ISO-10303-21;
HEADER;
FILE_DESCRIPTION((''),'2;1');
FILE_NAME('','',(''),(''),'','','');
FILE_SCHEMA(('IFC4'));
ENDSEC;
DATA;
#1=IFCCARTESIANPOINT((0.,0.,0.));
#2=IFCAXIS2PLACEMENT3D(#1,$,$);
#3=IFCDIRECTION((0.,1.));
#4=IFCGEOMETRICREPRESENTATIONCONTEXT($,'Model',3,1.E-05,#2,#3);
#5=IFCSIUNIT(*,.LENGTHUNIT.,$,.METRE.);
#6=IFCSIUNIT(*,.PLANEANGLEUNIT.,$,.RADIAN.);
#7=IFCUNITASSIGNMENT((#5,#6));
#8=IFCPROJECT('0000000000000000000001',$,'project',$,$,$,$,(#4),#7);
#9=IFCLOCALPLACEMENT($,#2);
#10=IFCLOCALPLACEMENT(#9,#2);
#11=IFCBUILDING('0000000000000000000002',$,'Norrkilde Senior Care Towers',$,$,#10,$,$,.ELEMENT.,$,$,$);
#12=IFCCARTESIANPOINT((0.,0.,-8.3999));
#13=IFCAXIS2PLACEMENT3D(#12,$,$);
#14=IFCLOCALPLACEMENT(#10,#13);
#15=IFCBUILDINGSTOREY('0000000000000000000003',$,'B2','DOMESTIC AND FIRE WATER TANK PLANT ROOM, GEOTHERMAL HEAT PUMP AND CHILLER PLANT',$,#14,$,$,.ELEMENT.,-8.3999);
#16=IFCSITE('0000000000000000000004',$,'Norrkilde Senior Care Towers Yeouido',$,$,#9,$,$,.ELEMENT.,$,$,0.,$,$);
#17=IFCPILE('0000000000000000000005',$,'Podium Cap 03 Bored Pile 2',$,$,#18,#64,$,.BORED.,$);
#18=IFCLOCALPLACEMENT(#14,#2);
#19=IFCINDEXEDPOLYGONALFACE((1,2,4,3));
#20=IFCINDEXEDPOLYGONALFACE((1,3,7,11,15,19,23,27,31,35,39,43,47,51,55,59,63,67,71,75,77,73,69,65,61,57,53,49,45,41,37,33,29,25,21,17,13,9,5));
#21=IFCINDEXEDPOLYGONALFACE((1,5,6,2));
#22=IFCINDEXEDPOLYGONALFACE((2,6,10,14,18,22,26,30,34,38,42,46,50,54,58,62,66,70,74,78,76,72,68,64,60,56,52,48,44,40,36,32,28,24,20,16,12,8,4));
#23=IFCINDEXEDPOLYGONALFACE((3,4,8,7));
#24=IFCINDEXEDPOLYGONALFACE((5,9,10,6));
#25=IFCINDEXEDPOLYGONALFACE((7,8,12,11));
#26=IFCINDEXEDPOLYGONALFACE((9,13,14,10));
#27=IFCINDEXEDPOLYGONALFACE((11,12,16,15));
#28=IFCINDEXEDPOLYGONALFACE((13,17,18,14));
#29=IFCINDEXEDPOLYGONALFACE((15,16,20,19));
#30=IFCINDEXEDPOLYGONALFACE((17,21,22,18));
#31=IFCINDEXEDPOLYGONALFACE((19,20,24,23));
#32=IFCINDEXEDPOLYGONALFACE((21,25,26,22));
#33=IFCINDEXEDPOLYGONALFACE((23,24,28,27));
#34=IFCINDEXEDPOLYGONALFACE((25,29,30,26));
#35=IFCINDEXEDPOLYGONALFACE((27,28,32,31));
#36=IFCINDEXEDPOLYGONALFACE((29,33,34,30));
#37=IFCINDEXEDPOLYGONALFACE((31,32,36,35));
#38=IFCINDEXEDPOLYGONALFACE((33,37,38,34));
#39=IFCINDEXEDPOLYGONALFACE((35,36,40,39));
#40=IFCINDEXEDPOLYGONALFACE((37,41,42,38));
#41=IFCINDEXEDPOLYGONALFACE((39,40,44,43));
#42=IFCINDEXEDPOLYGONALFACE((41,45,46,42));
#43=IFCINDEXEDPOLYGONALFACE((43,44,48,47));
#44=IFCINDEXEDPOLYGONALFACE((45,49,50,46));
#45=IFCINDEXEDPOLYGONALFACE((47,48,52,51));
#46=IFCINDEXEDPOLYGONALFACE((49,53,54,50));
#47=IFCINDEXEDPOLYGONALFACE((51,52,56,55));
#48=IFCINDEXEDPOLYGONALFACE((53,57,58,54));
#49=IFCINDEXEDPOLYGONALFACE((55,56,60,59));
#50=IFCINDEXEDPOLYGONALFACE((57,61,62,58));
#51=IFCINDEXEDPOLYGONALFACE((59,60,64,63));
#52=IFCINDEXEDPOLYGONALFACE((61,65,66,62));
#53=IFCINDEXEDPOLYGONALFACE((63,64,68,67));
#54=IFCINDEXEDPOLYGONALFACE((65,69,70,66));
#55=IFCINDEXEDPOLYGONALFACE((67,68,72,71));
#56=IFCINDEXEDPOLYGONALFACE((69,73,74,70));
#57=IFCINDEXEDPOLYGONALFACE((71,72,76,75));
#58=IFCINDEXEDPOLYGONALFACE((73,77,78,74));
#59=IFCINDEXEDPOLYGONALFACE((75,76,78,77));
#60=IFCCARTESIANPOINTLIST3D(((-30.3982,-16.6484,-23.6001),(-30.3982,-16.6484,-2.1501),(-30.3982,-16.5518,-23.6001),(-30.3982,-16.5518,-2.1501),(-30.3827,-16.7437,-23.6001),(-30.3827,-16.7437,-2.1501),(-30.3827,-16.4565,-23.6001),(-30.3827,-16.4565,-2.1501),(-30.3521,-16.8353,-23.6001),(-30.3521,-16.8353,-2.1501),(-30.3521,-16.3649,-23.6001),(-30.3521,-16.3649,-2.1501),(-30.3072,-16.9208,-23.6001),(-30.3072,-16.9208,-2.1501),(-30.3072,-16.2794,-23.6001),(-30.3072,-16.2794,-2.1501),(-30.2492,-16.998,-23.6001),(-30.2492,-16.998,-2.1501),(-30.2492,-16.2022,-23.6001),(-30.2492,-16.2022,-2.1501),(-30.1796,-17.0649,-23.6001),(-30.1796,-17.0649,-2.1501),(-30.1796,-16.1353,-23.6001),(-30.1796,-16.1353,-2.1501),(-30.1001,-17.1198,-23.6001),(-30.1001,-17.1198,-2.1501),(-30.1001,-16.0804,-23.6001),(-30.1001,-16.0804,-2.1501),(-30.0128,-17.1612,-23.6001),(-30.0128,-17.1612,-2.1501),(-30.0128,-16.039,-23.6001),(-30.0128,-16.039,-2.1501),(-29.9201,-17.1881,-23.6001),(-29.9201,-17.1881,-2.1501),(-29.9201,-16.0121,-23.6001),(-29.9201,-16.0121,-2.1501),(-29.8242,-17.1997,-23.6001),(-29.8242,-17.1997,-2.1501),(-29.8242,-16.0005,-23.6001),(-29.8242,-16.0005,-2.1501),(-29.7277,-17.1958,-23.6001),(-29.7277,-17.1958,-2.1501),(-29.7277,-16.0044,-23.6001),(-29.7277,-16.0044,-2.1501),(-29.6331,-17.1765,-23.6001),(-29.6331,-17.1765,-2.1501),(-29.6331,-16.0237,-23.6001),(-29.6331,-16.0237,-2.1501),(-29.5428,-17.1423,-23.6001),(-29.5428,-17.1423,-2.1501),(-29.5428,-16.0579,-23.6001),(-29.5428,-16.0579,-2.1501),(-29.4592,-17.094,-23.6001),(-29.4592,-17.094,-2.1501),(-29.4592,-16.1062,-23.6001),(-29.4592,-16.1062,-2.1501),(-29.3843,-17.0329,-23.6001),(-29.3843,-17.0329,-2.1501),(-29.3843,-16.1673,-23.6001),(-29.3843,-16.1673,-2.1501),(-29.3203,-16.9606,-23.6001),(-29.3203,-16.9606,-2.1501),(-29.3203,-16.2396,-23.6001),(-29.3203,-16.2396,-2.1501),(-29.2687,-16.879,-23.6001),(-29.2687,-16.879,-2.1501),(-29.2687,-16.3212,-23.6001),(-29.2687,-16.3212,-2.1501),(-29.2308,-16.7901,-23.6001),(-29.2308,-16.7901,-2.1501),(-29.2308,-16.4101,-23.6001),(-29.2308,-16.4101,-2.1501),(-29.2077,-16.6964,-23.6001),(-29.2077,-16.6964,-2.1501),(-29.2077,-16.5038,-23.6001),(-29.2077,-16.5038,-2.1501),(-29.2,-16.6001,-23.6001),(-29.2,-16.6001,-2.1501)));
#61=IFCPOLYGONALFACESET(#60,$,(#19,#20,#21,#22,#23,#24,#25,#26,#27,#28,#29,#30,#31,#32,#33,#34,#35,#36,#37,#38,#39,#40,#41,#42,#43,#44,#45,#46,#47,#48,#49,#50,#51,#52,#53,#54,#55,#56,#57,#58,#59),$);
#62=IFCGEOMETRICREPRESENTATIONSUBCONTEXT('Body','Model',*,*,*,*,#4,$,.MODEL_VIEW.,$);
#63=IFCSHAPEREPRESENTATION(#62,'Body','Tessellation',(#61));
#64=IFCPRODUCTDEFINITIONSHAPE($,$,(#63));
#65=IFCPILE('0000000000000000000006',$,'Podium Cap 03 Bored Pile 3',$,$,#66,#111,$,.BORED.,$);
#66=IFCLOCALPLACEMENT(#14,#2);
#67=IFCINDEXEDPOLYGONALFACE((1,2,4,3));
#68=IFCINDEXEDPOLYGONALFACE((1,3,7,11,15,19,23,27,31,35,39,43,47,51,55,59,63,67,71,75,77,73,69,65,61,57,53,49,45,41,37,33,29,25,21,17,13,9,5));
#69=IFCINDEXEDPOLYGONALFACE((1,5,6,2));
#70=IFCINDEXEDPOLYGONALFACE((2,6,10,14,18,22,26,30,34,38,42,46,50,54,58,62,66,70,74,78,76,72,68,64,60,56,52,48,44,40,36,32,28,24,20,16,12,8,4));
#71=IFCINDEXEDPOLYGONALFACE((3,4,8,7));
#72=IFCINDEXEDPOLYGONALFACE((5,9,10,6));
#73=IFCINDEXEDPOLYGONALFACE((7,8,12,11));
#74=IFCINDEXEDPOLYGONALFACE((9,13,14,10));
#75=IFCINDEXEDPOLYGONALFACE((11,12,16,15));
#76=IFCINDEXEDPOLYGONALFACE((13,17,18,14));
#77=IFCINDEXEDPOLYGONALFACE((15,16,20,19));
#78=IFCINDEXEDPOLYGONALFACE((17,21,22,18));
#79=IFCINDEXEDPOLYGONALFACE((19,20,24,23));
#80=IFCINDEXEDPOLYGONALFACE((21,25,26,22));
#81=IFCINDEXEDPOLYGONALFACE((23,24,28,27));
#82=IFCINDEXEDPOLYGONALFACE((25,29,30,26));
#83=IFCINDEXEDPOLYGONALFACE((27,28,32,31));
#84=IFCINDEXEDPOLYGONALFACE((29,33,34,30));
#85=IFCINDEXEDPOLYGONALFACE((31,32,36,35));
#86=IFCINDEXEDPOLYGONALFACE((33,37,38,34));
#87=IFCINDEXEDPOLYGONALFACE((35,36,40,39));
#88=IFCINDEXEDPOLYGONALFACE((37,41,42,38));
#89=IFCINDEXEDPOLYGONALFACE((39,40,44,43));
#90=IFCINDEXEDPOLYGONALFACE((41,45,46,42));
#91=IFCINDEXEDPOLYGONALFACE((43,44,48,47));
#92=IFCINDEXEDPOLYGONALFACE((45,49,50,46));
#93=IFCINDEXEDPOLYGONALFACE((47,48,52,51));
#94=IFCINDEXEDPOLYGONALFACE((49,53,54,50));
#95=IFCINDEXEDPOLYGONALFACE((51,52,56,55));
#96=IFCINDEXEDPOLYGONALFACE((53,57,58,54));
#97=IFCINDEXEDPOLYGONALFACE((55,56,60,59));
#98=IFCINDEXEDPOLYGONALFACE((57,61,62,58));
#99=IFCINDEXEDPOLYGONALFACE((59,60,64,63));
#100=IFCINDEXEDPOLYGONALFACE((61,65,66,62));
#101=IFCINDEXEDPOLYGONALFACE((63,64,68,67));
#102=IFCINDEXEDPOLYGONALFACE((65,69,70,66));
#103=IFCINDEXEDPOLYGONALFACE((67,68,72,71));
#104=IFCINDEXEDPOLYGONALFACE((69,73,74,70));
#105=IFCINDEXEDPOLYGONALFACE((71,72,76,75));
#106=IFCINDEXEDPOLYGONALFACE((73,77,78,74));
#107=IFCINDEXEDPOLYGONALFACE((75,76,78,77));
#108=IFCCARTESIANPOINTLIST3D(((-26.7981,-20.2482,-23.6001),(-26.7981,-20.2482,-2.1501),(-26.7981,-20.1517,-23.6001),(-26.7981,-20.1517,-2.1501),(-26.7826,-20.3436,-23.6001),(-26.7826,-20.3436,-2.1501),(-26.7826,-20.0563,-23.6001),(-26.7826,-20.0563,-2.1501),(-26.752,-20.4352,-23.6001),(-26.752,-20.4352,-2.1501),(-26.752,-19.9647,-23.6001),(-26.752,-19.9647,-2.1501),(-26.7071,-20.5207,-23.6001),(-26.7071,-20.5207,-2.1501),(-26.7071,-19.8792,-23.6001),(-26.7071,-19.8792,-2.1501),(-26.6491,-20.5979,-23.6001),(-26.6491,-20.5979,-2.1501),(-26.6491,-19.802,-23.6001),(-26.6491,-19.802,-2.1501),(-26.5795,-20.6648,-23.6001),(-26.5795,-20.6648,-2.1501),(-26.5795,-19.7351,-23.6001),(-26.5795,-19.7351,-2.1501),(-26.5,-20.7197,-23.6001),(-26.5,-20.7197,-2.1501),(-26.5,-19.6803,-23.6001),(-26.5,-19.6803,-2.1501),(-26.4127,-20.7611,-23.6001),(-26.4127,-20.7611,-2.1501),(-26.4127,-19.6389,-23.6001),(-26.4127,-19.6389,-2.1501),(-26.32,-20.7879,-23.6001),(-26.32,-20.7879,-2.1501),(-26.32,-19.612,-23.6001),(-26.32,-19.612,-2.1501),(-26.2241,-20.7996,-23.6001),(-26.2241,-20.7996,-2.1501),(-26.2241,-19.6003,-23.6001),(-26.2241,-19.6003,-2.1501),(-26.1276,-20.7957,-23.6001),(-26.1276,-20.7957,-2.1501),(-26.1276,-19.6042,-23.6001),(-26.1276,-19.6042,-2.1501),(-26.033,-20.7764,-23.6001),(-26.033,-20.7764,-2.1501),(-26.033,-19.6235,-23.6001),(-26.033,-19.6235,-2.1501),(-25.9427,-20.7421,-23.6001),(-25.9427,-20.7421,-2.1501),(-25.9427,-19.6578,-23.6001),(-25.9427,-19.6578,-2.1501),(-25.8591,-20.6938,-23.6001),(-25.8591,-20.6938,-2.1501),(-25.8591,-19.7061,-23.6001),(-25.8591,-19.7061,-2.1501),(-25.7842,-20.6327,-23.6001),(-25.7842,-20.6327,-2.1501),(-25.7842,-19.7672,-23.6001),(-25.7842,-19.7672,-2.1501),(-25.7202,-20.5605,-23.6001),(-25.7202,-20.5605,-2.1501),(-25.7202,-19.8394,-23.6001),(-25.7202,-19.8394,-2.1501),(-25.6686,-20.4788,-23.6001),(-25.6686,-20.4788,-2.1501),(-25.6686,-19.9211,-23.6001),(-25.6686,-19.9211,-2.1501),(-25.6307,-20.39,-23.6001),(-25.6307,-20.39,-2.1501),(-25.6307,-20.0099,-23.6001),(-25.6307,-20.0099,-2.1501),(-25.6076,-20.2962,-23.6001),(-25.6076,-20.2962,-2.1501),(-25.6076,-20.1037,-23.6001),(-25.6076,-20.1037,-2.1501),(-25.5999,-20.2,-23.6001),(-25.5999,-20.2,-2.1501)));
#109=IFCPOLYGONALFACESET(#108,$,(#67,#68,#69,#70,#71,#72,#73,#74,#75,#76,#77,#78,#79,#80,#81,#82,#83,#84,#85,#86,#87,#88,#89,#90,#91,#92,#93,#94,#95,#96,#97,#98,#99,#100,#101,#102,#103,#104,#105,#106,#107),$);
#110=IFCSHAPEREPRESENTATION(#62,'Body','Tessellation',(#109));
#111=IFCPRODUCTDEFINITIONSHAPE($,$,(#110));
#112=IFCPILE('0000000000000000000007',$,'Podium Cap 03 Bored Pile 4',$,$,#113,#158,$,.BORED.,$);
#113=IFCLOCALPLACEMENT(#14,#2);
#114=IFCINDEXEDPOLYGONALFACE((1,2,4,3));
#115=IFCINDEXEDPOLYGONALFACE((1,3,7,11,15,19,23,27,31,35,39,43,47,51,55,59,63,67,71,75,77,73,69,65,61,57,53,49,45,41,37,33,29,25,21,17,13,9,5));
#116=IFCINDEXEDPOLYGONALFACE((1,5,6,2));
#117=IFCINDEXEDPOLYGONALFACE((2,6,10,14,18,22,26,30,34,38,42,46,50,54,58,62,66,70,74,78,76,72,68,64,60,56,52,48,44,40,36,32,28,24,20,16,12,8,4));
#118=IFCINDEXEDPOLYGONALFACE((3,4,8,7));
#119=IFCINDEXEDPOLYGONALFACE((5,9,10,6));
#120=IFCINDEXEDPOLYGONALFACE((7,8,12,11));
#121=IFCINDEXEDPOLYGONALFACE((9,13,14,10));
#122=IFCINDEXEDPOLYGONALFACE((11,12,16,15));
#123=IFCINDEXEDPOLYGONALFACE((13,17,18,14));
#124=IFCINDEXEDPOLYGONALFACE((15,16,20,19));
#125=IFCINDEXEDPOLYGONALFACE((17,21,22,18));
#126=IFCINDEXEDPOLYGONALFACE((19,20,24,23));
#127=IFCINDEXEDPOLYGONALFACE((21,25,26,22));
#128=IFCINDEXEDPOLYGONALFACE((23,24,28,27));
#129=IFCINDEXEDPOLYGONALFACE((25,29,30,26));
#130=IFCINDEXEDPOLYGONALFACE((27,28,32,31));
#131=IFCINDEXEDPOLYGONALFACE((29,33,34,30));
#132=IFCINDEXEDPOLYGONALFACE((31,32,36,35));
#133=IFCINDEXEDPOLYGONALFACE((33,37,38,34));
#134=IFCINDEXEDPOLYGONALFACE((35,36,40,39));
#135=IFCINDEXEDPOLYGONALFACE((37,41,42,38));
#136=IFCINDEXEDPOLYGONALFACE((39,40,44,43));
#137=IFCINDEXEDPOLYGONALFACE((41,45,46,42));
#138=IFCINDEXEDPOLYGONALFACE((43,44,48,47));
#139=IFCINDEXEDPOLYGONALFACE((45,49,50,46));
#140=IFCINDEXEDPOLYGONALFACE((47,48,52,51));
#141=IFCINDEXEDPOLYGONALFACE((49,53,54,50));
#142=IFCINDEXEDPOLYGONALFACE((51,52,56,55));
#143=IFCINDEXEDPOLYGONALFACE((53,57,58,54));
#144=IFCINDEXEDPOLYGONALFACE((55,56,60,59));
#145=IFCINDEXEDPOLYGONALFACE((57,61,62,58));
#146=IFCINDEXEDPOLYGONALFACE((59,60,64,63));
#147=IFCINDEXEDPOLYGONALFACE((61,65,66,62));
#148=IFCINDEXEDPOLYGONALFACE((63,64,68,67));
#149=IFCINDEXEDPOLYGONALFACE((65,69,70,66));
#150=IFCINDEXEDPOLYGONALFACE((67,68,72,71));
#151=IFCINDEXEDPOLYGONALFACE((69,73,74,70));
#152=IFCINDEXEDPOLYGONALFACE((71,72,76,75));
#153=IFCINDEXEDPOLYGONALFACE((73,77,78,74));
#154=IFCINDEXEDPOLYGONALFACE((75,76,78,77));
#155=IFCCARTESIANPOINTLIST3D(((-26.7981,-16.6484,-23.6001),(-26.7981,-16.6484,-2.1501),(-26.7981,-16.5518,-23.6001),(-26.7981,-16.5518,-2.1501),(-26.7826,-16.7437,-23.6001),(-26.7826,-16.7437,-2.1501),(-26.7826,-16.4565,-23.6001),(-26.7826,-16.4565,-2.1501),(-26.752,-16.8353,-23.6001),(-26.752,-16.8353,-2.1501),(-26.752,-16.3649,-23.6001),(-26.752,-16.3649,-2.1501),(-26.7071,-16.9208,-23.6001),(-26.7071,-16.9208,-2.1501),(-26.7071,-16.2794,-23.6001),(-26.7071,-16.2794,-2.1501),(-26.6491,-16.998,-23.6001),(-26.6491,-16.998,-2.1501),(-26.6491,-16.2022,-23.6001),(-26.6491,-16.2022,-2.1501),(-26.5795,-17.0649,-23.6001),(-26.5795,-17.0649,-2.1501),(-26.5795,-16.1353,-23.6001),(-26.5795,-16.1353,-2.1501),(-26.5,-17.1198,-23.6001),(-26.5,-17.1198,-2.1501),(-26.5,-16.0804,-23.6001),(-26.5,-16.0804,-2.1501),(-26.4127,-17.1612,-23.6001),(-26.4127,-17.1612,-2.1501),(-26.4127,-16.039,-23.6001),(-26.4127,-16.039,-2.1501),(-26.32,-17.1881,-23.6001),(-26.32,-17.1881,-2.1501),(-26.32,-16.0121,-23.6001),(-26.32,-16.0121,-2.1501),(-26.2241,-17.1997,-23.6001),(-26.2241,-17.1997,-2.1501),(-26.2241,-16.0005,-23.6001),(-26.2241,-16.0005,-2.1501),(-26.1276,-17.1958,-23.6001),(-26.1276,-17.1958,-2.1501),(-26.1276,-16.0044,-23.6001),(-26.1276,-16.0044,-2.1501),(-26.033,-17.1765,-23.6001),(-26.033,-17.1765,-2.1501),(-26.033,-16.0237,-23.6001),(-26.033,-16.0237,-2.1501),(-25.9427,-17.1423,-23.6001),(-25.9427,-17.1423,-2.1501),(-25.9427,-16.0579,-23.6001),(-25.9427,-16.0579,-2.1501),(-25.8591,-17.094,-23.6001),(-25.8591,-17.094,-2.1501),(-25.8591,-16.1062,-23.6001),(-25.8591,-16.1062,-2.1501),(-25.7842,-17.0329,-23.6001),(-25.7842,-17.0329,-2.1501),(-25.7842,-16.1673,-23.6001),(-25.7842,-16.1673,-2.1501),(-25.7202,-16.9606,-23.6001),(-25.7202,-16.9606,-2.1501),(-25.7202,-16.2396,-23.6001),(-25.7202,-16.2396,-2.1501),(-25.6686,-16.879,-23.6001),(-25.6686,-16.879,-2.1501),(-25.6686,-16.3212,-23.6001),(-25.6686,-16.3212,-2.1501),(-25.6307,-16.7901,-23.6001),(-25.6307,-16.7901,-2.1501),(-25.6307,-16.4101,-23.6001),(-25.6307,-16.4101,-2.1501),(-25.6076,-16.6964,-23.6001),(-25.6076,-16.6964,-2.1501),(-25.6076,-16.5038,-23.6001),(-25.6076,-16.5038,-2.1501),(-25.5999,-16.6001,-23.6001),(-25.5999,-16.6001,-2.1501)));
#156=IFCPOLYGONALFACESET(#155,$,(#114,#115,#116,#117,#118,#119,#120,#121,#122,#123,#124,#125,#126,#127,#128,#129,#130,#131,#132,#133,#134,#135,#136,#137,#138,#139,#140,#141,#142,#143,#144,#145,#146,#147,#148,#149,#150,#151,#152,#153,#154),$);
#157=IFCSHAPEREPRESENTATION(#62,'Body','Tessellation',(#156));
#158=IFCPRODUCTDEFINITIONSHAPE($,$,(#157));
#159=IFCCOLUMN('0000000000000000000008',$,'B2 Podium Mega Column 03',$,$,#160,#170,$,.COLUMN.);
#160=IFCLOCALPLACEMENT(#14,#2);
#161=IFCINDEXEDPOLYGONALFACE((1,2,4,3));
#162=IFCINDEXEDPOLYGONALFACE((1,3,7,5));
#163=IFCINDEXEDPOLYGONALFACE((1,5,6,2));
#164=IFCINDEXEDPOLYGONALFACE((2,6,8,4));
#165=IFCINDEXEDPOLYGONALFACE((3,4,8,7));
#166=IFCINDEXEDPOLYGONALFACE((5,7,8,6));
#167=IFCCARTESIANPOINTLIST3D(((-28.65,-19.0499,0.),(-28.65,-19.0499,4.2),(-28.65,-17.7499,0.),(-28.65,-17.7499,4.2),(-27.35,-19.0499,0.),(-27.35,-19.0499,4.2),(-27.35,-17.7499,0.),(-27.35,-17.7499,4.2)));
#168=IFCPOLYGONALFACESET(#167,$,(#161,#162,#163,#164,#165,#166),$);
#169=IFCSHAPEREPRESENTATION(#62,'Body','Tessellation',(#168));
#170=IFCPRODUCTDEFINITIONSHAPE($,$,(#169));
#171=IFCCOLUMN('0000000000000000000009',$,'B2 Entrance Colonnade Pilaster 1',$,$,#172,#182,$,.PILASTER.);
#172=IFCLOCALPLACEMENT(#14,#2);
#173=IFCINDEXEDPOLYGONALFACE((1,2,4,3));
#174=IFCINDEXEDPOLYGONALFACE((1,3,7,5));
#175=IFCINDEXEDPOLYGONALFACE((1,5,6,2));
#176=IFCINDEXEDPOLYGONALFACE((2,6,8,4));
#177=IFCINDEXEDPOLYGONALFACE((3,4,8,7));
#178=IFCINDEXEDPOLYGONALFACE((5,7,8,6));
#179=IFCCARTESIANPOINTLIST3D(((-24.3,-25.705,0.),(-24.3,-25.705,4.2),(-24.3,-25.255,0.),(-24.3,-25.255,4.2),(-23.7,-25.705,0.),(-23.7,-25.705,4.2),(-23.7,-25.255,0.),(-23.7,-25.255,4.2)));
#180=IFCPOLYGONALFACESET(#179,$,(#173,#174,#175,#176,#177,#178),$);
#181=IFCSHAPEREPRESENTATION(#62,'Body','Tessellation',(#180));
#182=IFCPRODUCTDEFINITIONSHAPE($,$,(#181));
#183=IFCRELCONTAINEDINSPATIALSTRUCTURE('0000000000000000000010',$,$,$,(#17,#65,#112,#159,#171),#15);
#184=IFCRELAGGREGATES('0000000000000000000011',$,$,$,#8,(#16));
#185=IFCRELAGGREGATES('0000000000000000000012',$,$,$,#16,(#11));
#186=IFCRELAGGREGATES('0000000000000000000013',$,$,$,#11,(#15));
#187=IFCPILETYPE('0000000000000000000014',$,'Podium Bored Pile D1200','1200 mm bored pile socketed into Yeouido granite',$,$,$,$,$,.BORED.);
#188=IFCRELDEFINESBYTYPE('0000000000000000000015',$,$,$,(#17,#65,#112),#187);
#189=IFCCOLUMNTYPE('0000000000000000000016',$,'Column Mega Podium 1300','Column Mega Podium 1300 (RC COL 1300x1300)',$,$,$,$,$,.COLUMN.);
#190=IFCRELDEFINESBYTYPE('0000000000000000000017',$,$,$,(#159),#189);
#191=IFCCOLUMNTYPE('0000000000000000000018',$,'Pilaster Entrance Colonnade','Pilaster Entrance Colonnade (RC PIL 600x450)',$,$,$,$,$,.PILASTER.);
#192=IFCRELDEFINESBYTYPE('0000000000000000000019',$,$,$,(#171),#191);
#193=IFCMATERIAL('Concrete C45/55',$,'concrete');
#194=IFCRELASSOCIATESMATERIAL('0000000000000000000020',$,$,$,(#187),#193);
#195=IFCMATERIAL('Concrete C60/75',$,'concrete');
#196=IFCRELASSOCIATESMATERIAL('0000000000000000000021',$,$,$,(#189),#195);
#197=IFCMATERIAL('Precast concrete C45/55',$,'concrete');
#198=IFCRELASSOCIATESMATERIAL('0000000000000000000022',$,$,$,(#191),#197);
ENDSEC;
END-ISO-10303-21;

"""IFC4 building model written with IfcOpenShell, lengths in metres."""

from ifc_helpers import new_model, si_unit, direction, frame, origin, origin_2d, place, context, subcontext, project, spatial, rectangle, circle, extrude, source, transform, mapped, material, material_profile, profile_set, type_object, type_shapes, element, save


model = new_model("IFC4")

# Units and contexts
model_context = context("Model", 3, precision=1e-05, world=origin(), true_north=direction((0.0, 1.0)))
body_context = subcontext(model_context, "Body", "Model", "MODEL_VIEW")
ifc_project = project(units=[si_unit("LENGTHUNIT", "METRE"), si_unit("PLANEANGLEUNIT", "RADIAN")], contexts=[model_context])

# Site, building, storey
site_placement = place(None, origin())
site = spatial("IfcSite", under=ifc_project, at=site_placement, Name="Norrkilde Senior Care Towers Yeouido", CompositionType="ELEMENT", RefElevation=0.0)
building_placement = place(site_placement, origin())
building = spatial("IfcBuilding", under=site, at=building_placement, Name="Norrkilde Senior Care Towers", CompositionType="ELEMENT")
storey_placement = place(building_placement, frame((0.0, 0.0, -8.3999)))
storey = spatial("IfcBuildingStorey", under=building, at=storey_placement, Name="B2", Description="DOMESTIC AND FIRE WATER TANK PLANT ROOM, GEOTHERMAL HEAT PUMP AND CHILLER PLANT", CompositionType="ELEMENT", Elevation=-8.3999)

# Piles
ifc_material_1 = material(Name="Concrete C45/55", Category="concrete")
ifc_material_profile_1 = material_profile(ifc_material_1, circle(Radius=0.6001, at=origin_2d()), Name="BORED PILE 1200")
ifc_profile_set_1 = profile_set([ifc_material_profile_1], Name="Concrete C45/55")
pile_type_1 = type_object("IfcPileType", Name="Podium Bored Pile D1200", Description="1200 mm bored pile socketed into Yeouido granite", PredefinedType="BORED", material=ifc_profile_set_1)
shared_shape_1 = source(origin(), body_context, "Body", "SweptSolid", [
    extrude(circle(Radius=0.6001, at=origin_2d()), origin(), (0.0, 0.0, 1.0), 21.45),
])
type_shapes(pile_type_1, [shared_shape_1])
for number, where, z_axis, x_axis, name in (
    (1, (-29.8, -16.6001, -2.1501), (0.0, 0.0, -1.0), (1.0, 0.0, 0.0), "Podium Cap 03 Bored Pile 2"),
    (2, (-26.2, -20.2, -2.1501), (0.0, 0.0, -1.0), (1.0, 0.0, 0.0), "Podium Cap 03 Bored Pile 3"),
    (3, (-26.2, -16.6001, -2.1501), (0.0, 0.0, -1.0), (1.0, 0.0, 0.0), "Podium Cap 03 Bored Pile 4"),
):
    element("IfcPile", number, at=place(storey_placement, frame(where, z_axis=z_axis, x_axis=x_axis)), inside=storey, type_object=pile_type_1, Name=name, PredefinedType="BORED", context=body_context, shape_type="MappedRepresentation", body=[
        mapped(shared_shape_1, transform((0.0, 0.0, 0.0), x_axis=(1.0, 0.0, 0.0), y_axis=(0.0, 1.0, 0.0), z_axis=(0.0, 0.0, 1.0), scale=1.0)),
    ])

# Columns
ifc_material_2 = material(Name="Concrete C60/75", Category="concrete")
ifc_material_profile_2 = material_profile(ifc_material_2, rectangle(XDim=1.3, YDim=1.3, at=origin_2d()), Name="RC COL 1300x1300")
ifc_profile_set_2 = profile_set([ifc_material_profile_2], Name="Concrete C60/75")
column_type_1 = type_object("IfcColumnType", Name="Column Mega Podium 1300", Description="Column Mega Podium 1300 (RC COL 1300x1300)", PredefinedType="COLUMN", material=ifc_profile_set_2)
shared_shape_2 = source(origin(), body_context, "Body", "SweptSolid", [
    extrude(rectangle(XDim=1.3, YDim=1.3, at=origin_2d()), origin(), (0.0, 0.0, 1.0), 4.2),
])
type_shapes(column_type_1, [shared_shape_2])
column_1_placement = place(storey_placement, frame((-28.0, -18.3999, 0.0), z_axis=(0.0, 0.0, 1.0), x_axis=(1.0, 0.0, 0.0)))
element("IfcColumn", 4, at=column_1_placement, inside=storey, type_object=column_type_1, Name="B2 Podium Mega Column 03", PredefinedType="COLUMN", context=body_context, shape_type="MappedRepresentation", body=[
    mapped(shared_shape_2, transform((0.0, 0.0, 0.0), x_axis=(1.0, 0.0, 0.0), y_axis=(0.0, 1.0, 0.0), z_axis=(0.0, 0.0, 1.0), scale=1.0)),
])
ifc_material_3 = material(Name="Precast concrete C45/55", Category="concrete")
ifc_material_profile_3 = material_profile(ifc_material_3, rectangle(XDim=0.6001, YDim=0.45, at=origin_2d()), Name="RC PIL 600x450")
ifc_profile_set_3 = profile_set([ifc_material_profile_3], Name="Precast concrete C45/55")
column_type_2 = type_object("IfcColumnType", Name="Pilaster Entrance Colonnade", Description="Pilaster Entrance Colonnade (RC PIL 600x450)", PredefinedType="PILASTER", material=ifc_profile_set_3)
shared_shape_3 = source(origin(), body_context, "Body", "SweptSolid", [
    extrude(rectangle(XDim=0.6001, YDim=0.45, at=origin_2d()), origin(), (0.0, 0.0, 1.0), 4.2),
])
type_shapes(column_type_2, [shared_shape_3])
column_2_placement = place(storey_placement, frame((-24.0, -25.48, 0.0), z_axis=(0.0, 0.0, 1.0), x_axis=(1.0, 0.0, 0.0)))
element("IfcColumn", 5, at=column_2_placement, inside=storey, type_object=column_type_2, Name="B2 Entrance Colonnade Pilaster 1", PredefinedType="PILASTER", context=body_context, shape_type="MappedRepresentation", body=[
    mapped(shared_shape_3, transform((0.0, 0.0, 0.0), x_axis=(1.0, 0.0, 0.0), y_axis=(0.0, 1.0, 0.0), z_axis=(0.0, 0.0, 1.0), scale=1.0)),
])

save(model, "model.ifc")
